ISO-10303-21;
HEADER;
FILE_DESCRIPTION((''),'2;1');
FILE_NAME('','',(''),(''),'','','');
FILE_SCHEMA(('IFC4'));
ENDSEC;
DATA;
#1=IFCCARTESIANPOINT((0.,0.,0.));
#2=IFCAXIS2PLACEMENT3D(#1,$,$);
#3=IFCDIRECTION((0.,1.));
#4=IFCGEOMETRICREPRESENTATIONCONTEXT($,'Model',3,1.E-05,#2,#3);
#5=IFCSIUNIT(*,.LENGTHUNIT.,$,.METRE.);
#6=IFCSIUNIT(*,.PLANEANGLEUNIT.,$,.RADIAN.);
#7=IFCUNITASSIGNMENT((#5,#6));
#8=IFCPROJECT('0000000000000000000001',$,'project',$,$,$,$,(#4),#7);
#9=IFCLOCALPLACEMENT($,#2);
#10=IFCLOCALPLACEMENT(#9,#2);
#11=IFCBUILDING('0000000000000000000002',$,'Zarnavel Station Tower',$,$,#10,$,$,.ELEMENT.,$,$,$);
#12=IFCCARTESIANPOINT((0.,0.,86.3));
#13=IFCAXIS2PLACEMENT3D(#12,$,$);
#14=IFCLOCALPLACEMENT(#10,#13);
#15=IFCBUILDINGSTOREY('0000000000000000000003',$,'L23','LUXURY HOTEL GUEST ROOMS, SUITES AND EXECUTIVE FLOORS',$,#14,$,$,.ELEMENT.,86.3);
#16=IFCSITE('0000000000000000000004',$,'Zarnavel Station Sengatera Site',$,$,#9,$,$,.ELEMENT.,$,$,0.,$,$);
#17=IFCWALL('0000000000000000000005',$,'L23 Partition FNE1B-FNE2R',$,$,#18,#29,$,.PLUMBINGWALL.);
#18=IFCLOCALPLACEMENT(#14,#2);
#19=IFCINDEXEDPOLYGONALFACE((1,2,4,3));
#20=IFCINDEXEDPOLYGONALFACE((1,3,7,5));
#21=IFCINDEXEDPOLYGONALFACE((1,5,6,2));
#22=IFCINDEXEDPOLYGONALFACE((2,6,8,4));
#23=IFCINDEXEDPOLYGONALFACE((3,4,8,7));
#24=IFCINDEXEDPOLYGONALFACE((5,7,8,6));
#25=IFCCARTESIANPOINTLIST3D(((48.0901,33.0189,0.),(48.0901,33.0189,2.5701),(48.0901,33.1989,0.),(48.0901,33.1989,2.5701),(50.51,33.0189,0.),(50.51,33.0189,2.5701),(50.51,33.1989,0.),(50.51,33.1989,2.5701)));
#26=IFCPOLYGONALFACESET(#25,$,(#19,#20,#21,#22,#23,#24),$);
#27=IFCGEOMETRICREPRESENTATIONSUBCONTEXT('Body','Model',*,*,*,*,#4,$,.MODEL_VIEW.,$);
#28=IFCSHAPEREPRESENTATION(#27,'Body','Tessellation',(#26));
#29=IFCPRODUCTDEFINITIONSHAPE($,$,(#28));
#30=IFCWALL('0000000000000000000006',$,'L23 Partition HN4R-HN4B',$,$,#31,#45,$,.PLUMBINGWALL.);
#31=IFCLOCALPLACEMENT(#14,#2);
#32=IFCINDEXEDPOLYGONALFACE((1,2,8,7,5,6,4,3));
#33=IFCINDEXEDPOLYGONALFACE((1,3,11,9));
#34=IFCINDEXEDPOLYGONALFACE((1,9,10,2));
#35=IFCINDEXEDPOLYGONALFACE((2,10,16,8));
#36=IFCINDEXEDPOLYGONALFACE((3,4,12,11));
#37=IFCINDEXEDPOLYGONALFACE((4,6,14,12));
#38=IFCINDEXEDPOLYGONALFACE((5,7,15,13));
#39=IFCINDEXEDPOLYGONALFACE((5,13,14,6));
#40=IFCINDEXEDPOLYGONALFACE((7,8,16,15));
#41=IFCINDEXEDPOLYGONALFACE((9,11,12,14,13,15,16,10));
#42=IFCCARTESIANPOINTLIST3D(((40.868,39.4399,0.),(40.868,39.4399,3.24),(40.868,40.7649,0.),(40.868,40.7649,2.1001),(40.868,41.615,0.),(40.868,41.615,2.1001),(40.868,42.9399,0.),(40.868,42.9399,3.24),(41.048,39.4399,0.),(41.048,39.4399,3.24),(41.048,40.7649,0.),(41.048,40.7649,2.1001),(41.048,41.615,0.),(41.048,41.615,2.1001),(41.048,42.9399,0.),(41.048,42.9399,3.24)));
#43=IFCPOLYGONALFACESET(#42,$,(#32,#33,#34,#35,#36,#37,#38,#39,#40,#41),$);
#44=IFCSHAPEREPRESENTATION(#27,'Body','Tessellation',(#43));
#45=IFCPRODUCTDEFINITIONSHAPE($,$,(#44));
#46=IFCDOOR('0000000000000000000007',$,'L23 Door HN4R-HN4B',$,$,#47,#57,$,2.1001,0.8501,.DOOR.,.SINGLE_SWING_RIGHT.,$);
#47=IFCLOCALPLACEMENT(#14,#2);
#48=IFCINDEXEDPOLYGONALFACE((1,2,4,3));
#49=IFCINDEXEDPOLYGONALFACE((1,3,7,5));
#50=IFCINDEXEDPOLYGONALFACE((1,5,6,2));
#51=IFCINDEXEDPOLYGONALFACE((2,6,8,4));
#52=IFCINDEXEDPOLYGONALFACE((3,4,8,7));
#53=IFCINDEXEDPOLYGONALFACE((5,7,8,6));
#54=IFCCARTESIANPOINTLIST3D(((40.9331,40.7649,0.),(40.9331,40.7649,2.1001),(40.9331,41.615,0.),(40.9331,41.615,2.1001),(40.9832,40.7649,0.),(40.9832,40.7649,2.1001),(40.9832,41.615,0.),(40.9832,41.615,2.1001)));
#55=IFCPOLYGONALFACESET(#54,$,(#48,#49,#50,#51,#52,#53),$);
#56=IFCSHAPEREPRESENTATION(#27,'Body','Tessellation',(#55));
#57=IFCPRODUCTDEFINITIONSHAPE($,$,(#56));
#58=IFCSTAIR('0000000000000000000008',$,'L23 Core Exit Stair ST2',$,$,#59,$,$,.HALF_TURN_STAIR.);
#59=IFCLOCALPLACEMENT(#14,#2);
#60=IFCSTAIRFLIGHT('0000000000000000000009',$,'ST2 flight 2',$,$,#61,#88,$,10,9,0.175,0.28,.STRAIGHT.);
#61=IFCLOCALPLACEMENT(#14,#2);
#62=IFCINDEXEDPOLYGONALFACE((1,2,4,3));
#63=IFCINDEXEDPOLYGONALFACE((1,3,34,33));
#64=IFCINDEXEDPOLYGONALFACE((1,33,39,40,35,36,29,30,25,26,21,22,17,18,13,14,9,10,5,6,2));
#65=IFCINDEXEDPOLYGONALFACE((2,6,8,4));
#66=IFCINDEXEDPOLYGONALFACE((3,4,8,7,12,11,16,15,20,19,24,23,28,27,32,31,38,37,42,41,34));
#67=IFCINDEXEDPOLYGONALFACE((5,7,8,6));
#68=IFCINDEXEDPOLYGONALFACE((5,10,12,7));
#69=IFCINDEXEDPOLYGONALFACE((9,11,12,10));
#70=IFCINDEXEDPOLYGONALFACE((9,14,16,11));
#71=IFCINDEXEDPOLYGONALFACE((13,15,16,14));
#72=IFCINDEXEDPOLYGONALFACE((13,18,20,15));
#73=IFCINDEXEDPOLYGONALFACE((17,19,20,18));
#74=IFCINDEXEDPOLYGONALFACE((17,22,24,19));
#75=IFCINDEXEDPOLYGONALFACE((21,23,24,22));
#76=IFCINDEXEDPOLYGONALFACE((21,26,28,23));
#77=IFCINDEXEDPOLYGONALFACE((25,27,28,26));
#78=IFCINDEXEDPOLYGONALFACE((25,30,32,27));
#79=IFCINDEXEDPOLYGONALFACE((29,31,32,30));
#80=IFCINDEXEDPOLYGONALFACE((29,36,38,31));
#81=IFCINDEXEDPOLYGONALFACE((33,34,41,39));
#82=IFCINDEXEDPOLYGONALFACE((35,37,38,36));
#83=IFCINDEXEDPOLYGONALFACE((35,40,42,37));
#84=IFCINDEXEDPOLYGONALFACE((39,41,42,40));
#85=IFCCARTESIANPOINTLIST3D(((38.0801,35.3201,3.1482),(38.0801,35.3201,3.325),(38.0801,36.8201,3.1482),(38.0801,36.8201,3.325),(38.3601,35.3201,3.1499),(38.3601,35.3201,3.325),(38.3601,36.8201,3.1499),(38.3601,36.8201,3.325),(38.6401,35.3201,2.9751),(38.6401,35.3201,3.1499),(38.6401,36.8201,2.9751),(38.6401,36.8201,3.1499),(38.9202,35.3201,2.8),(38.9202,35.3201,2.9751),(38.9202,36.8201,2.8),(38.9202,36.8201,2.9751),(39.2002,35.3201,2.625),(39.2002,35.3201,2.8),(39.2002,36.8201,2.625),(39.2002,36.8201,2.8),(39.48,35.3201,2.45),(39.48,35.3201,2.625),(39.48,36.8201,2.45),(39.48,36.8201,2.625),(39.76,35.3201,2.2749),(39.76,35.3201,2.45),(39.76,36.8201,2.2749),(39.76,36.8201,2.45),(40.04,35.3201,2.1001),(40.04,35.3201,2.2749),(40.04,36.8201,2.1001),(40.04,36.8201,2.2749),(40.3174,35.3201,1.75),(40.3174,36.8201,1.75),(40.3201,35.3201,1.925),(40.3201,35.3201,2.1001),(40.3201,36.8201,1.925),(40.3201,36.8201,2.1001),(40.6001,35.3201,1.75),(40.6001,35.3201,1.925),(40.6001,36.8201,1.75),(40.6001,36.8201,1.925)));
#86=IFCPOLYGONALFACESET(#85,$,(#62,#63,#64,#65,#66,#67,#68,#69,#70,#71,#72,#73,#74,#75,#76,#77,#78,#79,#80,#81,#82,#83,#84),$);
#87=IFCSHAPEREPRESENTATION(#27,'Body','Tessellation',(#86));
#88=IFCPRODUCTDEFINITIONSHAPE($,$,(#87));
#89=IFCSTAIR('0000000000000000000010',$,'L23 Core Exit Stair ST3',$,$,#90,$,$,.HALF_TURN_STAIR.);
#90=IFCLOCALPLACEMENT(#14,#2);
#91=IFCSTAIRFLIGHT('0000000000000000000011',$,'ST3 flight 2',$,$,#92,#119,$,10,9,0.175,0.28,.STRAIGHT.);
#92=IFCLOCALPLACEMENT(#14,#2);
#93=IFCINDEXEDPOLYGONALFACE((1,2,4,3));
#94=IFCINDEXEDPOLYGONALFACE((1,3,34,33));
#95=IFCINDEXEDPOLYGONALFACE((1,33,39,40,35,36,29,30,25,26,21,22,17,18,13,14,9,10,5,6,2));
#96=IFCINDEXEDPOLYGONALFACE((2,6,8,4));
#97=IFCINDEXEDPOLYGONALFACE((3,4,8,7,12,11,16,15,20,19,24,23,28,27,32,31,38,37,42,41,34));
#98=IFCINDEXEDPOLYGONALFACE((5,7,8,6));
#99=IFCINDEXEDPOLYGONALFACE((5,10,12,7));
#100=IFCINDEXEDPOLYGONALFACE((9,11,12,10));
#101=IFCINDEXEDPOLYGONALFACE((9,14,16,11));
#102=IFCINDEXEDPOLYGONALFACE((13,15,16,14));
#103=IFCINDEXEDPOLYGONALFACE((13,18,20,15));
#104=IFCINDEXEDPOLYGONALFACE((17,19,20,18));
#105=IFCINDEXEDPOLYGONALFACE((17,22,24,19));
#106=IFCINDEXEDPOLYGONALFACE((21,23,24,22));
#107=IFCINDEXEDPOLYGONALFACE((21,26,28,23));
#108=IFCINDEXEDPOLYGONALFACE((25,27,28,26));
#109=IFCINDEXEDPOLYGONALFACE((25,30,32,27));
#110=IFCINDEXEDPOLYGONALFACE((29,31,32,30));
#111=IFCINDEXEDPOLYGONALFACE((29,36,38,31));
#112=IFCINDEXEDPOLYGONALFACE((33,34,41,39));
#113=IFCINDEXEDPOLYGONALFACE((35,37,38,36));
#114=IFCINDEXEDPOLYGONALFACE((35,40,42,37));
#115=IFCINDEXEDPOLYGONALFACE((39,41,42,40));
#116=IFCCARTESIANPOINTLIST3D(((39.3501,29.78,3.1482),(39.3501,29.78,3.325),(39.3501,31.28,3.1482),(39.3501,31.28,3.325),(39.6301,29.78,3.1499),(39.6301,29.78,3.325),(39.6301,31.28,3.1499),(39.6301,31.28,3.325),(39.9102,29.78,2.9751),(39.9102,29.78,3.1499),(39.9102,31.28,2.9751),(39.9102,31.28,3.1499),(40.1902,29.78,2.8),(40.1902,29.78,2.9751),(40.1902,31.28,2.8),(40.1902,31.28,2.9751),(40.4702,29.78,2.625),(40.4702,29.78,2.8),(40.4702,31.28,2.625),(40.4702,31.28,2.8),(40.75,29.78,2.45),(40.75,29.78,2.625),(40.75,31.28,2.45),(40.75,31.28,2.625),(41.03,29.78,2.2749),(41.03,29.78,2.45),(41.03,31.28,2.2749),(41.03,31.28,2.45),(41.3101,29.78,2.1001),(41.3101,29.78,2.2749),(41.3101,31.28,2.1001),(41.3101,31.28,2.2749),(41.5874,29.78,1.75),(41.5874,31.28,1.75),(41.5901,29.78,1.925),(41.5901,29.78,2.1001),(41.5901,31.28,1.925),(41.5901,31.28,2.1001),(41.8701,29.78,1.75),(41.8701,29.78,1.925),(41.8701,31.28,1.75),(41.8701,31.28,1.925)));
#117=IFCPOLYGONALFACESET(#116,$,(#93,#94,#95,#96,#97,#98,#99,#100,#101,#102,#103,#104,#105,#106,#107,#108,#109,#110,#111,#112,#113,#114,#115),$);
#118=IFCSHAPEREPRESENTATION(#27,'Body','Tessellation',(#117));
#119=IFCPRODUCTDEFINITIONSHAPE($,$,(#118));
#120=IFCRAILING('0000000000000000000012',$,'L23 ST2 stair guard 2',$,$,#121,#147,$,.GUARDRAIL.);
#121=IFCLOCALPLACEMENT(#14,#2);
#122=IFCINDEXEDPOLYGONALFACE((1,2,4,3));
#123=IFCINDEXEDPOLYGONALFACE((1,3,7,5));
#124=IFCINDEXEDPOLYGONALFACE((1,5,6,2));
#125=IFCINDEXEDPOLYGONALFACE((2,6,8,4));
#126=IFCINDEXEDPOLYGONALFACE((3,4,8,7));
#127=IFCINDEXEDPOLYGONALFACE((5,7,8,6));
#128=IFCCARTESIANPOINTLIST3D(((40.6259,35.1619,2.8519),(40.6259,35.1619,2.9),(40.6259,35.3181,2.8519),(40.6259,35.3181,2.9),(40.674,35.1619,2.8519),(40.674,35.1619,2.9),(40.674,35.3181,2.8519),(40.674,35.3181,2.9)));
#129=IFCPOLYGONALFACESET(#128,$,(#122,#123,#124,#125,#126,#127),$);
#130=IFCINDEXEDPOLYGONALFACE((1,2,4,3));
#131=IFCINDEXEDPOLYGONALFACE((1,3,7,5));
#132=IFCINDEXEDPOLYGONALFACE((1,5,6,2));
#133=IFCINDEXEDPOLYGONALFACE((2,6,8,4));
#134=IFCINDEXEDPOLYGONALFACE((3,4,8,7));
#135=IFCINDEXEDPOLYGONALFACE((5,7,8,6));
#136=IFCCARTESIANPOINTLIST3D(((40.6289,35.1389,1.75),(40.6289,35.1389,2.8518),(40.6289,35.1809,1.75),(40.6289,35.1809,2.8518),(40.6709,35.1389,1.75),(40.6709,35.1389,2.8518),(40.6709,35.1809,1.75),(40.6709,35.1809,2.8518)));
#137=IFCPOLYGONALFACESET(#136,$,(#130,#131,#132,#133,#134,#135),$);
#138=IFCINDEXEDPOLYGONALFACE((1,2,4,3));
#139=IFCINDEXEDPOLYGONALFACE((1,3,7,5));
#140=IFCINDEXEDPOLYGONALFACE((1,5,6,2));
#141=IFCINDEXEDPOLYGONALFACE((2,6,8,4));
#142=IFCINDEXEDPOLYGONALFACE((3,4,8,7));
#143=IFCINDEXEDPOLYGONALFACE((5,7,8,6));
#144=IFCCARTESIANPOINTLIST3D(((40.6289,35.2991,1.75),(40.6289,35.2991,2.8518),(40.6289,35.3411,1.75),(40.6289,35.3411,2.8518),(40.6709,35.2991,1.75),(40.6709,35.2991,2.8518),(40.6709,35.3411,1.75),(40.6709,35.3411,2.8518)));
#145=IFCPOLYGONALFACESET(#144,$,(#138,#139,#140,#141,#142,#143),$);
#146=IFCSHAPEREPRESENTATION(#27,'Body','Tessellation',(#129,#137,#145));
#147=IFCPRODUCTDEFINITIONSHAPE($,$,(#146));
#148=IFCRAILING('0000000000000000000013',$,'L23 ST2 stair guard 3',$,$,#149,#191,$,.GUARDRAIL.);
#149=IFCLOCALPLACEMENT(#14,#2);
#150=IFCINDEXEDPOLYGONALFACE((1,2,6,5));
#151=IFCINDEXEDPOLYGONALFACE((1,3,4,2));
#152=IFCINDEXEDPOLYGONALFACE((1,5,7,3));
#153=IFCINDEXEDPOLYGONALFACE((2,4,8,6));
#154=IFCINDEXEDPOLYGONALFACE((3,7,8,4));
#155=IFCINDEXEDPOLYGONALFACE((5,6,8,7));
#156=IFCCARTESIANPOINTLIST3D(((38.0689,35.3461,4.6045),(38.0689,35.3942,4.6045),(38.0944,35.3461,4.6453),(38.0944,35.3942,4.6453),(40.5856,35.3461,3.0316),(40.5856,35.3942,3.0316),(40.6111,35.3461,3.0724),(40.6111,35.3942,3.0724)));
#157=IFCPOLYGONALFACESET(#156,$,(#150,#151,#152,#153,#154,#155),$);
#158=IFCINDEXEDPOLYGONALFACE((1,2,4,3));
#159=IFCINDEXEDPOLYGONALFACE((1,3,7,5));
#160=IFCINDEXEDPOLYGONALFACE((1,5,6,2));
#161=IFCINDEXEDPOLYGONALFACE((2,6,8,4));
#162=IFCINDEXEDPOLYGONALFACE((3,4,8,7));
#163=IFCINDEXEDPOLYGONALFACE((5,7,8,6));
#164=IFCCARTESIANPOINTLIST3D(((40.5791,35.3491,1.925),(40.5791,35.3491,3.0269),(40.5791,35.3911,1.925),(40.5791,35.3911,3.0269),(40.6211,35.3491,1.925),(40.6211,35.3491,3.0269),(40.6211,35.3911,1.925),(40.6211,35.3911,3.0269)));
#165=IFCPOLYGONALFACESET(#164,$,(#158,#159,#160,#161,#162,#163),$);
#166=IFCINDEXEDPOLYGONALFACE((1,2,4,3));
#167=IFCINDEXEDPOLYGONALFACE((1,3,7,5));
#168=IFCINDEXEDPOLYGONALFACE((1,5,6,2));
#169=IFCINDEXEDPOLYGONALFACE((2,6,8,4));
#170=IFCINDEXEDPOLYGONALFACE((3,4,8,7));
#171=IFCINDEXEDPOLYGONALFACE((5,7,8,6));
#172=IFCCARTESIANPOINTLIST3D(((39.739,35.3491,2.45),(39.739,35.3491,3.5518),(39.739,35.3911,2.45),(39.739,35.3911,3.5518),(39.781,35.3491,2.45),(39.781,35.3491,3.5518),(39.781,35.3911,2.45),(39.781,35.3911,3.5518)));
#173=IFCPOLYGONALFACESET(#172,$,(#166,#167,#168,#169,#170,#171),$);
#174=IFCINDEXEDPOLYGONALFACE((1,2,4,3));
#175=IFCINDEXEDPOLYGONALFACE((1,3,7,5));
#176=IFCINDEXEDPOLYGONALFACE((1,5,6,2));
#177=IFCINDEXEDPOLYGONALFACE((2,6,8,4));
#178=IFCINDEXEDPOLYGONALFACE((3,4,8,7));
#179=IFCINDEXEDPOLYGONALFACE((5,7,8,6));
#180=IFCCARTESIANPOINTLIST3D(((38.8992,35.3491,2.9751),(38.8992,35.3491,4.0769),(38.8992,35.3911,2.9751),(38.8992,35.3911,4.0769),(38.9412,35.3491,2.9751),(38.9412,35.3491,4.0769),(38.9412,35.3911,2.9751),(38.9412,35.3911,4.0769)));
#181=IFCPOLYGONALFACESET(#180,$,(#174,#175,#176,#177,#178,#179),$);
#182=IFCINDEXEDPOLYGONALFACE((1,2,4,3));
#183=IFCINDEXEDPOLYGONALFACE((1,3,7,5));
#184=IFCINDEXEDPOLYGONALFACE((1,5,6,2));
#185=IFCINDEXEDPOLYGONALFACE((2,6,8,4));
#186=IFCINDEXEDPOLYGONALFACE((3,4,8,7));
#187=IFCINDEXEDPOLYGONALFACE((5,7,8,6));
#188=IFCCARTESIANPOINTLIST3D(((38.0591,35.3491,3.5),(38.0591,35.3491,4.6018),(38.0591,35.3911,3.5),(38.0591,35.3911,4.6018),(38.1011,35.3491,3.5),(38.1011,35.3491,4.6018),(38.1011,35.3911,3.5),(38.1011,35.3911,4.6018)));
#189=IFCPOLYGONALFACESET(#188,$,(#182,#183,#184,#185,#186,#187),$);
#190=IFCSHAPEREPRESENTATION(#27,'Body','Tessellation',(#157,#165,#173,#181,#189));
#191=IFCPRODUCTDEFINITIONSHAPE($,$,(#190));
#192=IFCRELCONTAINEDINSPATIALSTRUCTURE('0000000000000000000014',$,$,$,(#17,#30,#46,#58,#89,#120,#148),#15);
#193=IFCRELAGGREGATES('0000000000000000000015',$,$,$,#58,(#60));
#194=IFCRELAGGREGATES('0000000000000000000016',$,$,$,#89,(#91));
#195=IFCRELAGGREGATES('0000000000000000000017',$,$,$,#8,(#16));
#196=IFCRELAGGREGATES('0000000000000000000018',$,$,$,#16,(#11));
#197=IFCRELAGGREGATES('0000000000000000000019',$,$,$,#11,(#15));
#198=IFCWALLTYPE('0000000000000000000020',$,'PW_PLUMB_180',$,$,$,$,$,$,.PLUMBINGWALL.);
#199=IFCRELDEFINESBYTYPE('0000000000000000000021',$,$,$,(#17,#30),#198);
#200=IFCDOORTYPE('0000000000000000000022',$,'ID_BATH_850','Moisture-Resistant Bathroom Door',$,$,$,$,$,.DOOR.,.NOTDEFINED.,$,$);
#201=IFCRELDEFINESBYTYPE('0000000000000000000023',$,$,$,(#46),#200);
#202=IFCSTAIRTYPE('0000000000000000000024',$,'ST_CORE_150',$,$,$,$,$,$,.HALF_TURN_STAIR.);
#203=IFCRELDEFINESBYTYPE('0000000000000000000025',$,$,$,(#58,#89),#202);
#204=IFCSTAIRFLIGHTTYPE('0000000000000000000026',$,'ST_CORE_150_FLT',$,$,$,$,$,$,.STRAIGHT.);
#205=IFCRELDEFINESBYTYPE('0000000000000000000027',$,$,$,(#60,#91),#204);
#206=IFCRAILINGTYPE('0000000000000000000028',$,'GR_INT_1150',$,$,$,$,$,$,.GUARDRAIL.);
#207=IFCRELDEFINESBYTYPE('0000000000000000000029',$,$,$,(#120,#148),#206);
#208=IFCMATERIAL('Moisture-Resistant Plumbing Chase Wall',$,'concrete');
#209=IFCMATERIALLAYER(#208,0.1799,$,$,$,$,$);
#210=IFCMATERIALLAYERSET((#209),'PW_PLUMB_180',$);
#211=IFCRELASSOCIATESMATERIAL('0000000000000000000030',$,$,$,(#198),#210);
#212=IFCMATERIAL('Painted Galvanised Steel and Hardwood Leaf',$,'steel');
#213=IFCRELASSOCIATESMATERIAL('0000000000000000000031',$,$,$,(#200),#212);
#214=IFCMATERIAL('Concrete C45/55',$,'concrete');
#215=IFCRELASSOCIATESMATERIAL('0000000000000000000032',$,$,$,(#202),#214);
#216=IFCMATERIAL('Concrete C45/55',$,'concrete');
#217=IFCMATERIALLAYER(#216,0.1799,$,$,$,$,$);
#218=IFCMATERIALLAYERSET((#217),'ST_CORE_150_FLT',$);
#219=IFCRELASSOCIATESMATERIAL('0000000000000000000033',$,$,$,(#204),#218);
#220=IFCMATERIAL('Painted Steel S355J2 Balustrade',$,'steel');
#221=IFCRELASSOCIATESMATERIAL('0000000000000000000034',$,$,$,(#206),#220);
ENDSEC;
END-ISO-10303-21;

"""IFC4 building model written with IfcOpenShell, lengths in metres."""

from ifc_helpers import new_model, si_unit, direction, frame, frame_2d, origin, origin_2d, place, context, subcontext, project, spatial, polyline, rectangle, outline, extrude, material, layer, layer_set, type_object, element, fill, aggregate, save


model = new_model("IFC4")

# Units and contexts
model_context = context("Model", 3, precision=1e-05, world=origin(), true_north=direction((0.0, 1.0)))
body_context = subcontext(model_context, "Body", "Model", "MODEL_VIEW")
ifc_project = project(units=[si_unit("LENGTHUNIT", "METRE"), si_unit("PLANEANGLEUNIT", "RADIAN")], contexts=[model_context])

# Site, building, storey
site_placement = place(None, origin())
site = spatial("IfcSite", under=ifc_project, at=site_placement, Name="Zarnavel Station Sengatera Site", CompositionType="ELEMENT", RefElevation=0.0)
building_placement = place(site_placement, origin())
building = spatial("IfcBuilding", under=site, at=building_placement, Name="Zarnavel Station Tower", CompositionType="ELEMENT")
storey_placement = place(building_placement, frame((0.0, 0.0, 86.3)))
storey = spatial("IfcBuildingStorey", under=building, at=storey_placement, Name="L23", Description="LUXURY HOTEL GUEST ROOMS, SUITES AND EXECUTIVE FLOORS", CompositionType="ELEMENT", Elevation=86.3)

# Shared definitions
ifc_material_1 = material(Name="Moisture-Resistant Plumbing Chase Wall", Category="concrete")
ifc_layer_1 = layer(ifc_material_1, 0.1799)
ifc_layer_set_1 = layer_set([ifc_layer_1], Name="PW_PLUMB_180")
wall_type_1 = type_object("IfcWallType", Name="PW_PLUMB_180", PredefinedType="PLUMBINGWALL", material=ifc_layer_set_1)

# Shared definitions
ifc_material_2 = material(Name="Painted Galvanised Steel and Hardwood Leaf", Category="steel")
door_type_1 = type_object("IfcDoorType", Name="ID_BATH_850", Description="Moisture-Resistant Bathroom Door", OperationType="NOTDEFINED", PredefinedType="DOOR", material=ifc_material_2)

# Wall
wall_1_placement = place(storey_placement, frame((48.0901, 33.1089, 0.0), z_axis=(0.0, 0.0, 1.0), x_axis=(1.0, 0.0, 0.0)))
element("IfcWall", 1, at=wall_1_placement, inside=storey, type_object=wall_type_1, Name="L23 Partition FNE1B-FNE2R", PredefinedType="PLUMBINGWALL", context=body_context, shape_type="SweptSolid", body=[
    extrude(rectangle(XDim=2.4199, YDim=0.1799, at=frame_2d((1.21, 0.0))), origin(), (0.0, 0.0, 1.0), 2.5701),
])

# Wall, opening, door
wall_2_placement = place(storey_placement, frame((40.958, 39.4399, 0.0), z_axis=(0.0, 0.0, 1.0), x_axis=(0.0, 1.0, 0.0)))
wall_2 = element("IfcWall", 2, at=wall_2_placement, inside=storey, type_object=wall_type_1, Name="L23 Partition HN4R-HN4B", PredefinedType="PLUMBINGWALL", context=body_context, shape_type="SweptSolid", body=[
    extrude(rectangle(XDim=3.5, YDim=0.1799, at=frame_2d((1.75, 0.0))), origin(), (0.0, 0.0, 1.0), 3.24),
])
opening_1_placement = place(wall_2_placement, frame((1.325, 0.0, 0.0)))
opening_1 = element("IfcOpeningElement", 3, at=opening_1_placement, cuts=wall_2, PredefinedType="OPENING", context=body_context, shape_type="SweptSolid", body=[
    extrude(rectangle(XDim=0.8501, YDim=2.1001, at=frame_2d((0.425, 1.05))), frame((0.0, 0.0999, 0.0), z_axis=(0.0, -1.0, 0.0), x_axis=(1.0, 0.0, 0.0)), (0.0, 0.0, 1.0), 0.2),
])
door_1_placement = place(opening_1_placement, origin())
door_1 = element("IfcDoor", 4, at=door_1_placement, inside=storey, type_object=door_type_1, Name="L23 Door HN4R-HN4B", OperationType="SINGLE_SWING_RIGHT", OverallHeight=2.1001, OverallWidth=0.8501, PredefinedType="DOOR", context=body_context, shape_type="SweptSolid", body=[
    extrude(rectangle(XDim=0.8501, YDim=2.1001, at=frame_2d((0.425, 1.05))), frame((0.0, 0.0249, 0.0), z_axis=(0.0, -1.0, 0.0), x_axis=(1.0, 0.0, 0.0)), (0.0, 0.0, 1.0), 0.05),
])
fill(opening_1, door_1)

# Stairs, stair flights
ifc_material_3 = material(Name="Concrete C45/55", Category="concrete")
stair_type = type_object("IfcStairType", Name="ST_CORE_150", PredefinedType="HALF_TURN_STAIR", material=ifc_material_3)
stair_1_placement = place(storey_placement, origin())
stair_1 = element("IfcStair", 5, at=stair_1_placement, inside=storey, type_object=stair_type, Name="L23 Core Exit Stair ST2", PredefinedType="HALF_TURN_STAIR")
ifc_material_4 = material(Name="Concrete C45/55", Category="concrete")
ifc_layer_2 = layer(ifc_material_4, 0.1799)
ifc_layer_set_2 = layer_set([ifc_layer_2], Name="ST_CORE_150_FLT")
stair_flight_type = type_object("IfcStairFlightType", Name="ST_CORE_150_FLT", PredefinedType="STRAIGHT", material=ifc_layer_set_2)
stair_flight_1_placement = place(storey_placement, frame((40.6001, 36.0701, 1.75), z_axis=(0.0, 0.0, 1.0), x_axis=(-1.0, 0.0, 0.0)))
stair_flight_1 = element("IfcStairFlight", 6, at=stair_flight_1_placement, type_object=stair_flight_type, Name="ST2 flight 2", NumberOfRisers=10, NumberOfTreads=9, PredefinedType="STRAIGHT", RiserHeight=0.175, TreadLength=0.28, context=body_context, shape_type="SweptSolid", body=[
    extrude(outline(polyline([(0.0, 0.0), (0.0, 0.175), (0.28, 0.175), (0.28, 0.3501), (0.5601, 0.3501), (0.5601, 0.5249), (0.8401, 0.5249), (0.8401, 0.7), (1.1201, 0.7), (1.1201, 0.875), (1.3999, 0.875), (1.3999, 1.05), (1.6799, 1.05), (1.6799, 1.2251), (1.96, 1.2251), (1.96, 1.3999), (2.24, 1.3999), (2.24, 1.575), (2.52, 1.575), (2.52, 1.75), (2.52, 1.3982), (0.2827, 0.0), (0.0, 0.0)])), frame((0.0, 0.75, 0.0), z_axis=(0.0, -1.0, 0.0), x_axis=(1.0, 0.0, 0.0)), (0.0, 0.0, 1.0), 1.5),
])
aggregate(stair_1, [stair_flight_1])
stair_2_placement = place(storey_placement, origin())
stair_2 = element("IfcStair", 7, at=stair_2_placement, inside=storey, type_object=stair_type, Name="L23 Core Exit Stair ST3", PredefinedType="HALF_TURN_STAIR")
stair_flight_2_placement = place(storey_placement, frame((41.8701, 30.53, 1.75), z_axis=(0.0, 0.0, 1.0), x_axis=(-1.0, 0.0, 0.0)))
stair_flight_2 = element("IfcStairFlight", 8, at=stair_flight_2_placement, type_object=stair_flight_type, Name="ST3 flight 2", NumberOfRisers=10, NumberOfTreads=9, PredefinedType="STRAIGHT", RiserHeight=0.175, TreadLength=0.28, context=body_context, shape_type="SweptSolid", body=[
    extrude(outline(polyline([(0.0, 0.0), (0.0, 0.175), (0.28, 0.175), (0.28, 0.3501), (0.5601, 0.3501), (0.5601, 0.5249), (0.8401, 0.5249), (0.8401, 0.7), (1.1201, 0.7), (1.1201, 0.875), (1.3999, 0.875), (1.3999, 1.05), (1.6799, 1.05), (1.6799, 1.2251), (1.96, 1.2251), (1.96, 1.3999), (2.24, 1.3999), (2.24, 1.575), (2.52, 1.575), (2.52, 1.75), (2.52, 1.3982), (0.2827, 0.0), (0.0, 0.0)])), frame((0.0, 0.75, 0.0), z_axis=(0.0, -1.0, 0.0), x_axis=(1.0, 0.0, 0.0)), (0.0, 0.0, 1.0), 1.5),
])
aggregate(stair_2, [stair_flight_2])

# Railings
ifc_material_5 = material(Name="Painted Steel S355J2 Balustrade", Category="steel")
railing_type_1 = type_object("IfcRailingType", Name="GR_INT_1150", PredefinedType="GUARDRAIL", material=ifc_material_5)
railing_1_placement = place(storey_placement, frame((40.6499, 35.1599, 1.75)))
element("IfcRailing", 9, at=railing_1_placement, inside=storey, type_object=railing_type_1, Name="L23 ST2 stair guard 2", PredefinedType="GUARDRAIL", context=body_context, shape_type="SweptSolid", body=[
    extrude(rectangle(XDim=0.0481, YDim=0.0481, at=origin_2d()), frame((0.0, 0.002, 1.126), z_axis=(0.0, 1.0, 0.0), x_axis=(-1.0, 0.0, 0.0)), (0.0, 0.0, 1.0), 0.1562),
    extrude(rectangle(XDim=0.042, YDim=0.042, at=origin_2d()), origin(), (0.0, 0.0, 1.0), 1.1018),
    extrude(rectangle(XDim=0.042, YDim=0.042, at=origin_2d()), frame((0.0, 0.1602, 0.0)), (0.0, 0.0, 1.0), 1.1018),
])
railing_2_placement = place(storey_placement, frame((40.6001, 35.3701, 1.925)))
element("IfcRailing", 10, at=railing_2_placement, inside=storey, type_object=railing_type_1, Name="L23 ST2 stair guard 3", PredefinedType="GUARDRAIL", context=body_context, shape_type="SweptSolid", body=[
    extrude(rectangle(XDim=0.0481, YDim=0.0481, at=origin_2d()), frame((-0.0017, 0.0, 1.127), z_axis=(-0.848008, 0.0, 0.529984), x_axis=(0.0, -1.0, 0.0)), (0.0, 0.0, 1.0), 2.9678),
    extrude(rectangle(XDim=0.042, YDim=0.042, at=origin_2d()), origin(), (0.0, 0.0, 1.0), 1.1018),
    extrude(rectangle(XDim=0.042, YDim=0.042, at=origin_2d()), frame((-0.8401, 0.0, 0.5249)), (0.0, 0.0, 1.0), 1.1018),
    extrude(rectangle(XDim=0.042, YDim=0.042, at=origin_2d()), frame((-1.6799, 0.0, 1.05)), (0.0, 0.0, 1.0), 1.1018),
    extrude(rectangle(XDim=0.042, YDim=0.042, at=origin_2d()), frame((-2.52, 0.0, 1.575)), (0.0, 0.0, 1.0), 1.1018),
])

save(model, "model.ifc")
